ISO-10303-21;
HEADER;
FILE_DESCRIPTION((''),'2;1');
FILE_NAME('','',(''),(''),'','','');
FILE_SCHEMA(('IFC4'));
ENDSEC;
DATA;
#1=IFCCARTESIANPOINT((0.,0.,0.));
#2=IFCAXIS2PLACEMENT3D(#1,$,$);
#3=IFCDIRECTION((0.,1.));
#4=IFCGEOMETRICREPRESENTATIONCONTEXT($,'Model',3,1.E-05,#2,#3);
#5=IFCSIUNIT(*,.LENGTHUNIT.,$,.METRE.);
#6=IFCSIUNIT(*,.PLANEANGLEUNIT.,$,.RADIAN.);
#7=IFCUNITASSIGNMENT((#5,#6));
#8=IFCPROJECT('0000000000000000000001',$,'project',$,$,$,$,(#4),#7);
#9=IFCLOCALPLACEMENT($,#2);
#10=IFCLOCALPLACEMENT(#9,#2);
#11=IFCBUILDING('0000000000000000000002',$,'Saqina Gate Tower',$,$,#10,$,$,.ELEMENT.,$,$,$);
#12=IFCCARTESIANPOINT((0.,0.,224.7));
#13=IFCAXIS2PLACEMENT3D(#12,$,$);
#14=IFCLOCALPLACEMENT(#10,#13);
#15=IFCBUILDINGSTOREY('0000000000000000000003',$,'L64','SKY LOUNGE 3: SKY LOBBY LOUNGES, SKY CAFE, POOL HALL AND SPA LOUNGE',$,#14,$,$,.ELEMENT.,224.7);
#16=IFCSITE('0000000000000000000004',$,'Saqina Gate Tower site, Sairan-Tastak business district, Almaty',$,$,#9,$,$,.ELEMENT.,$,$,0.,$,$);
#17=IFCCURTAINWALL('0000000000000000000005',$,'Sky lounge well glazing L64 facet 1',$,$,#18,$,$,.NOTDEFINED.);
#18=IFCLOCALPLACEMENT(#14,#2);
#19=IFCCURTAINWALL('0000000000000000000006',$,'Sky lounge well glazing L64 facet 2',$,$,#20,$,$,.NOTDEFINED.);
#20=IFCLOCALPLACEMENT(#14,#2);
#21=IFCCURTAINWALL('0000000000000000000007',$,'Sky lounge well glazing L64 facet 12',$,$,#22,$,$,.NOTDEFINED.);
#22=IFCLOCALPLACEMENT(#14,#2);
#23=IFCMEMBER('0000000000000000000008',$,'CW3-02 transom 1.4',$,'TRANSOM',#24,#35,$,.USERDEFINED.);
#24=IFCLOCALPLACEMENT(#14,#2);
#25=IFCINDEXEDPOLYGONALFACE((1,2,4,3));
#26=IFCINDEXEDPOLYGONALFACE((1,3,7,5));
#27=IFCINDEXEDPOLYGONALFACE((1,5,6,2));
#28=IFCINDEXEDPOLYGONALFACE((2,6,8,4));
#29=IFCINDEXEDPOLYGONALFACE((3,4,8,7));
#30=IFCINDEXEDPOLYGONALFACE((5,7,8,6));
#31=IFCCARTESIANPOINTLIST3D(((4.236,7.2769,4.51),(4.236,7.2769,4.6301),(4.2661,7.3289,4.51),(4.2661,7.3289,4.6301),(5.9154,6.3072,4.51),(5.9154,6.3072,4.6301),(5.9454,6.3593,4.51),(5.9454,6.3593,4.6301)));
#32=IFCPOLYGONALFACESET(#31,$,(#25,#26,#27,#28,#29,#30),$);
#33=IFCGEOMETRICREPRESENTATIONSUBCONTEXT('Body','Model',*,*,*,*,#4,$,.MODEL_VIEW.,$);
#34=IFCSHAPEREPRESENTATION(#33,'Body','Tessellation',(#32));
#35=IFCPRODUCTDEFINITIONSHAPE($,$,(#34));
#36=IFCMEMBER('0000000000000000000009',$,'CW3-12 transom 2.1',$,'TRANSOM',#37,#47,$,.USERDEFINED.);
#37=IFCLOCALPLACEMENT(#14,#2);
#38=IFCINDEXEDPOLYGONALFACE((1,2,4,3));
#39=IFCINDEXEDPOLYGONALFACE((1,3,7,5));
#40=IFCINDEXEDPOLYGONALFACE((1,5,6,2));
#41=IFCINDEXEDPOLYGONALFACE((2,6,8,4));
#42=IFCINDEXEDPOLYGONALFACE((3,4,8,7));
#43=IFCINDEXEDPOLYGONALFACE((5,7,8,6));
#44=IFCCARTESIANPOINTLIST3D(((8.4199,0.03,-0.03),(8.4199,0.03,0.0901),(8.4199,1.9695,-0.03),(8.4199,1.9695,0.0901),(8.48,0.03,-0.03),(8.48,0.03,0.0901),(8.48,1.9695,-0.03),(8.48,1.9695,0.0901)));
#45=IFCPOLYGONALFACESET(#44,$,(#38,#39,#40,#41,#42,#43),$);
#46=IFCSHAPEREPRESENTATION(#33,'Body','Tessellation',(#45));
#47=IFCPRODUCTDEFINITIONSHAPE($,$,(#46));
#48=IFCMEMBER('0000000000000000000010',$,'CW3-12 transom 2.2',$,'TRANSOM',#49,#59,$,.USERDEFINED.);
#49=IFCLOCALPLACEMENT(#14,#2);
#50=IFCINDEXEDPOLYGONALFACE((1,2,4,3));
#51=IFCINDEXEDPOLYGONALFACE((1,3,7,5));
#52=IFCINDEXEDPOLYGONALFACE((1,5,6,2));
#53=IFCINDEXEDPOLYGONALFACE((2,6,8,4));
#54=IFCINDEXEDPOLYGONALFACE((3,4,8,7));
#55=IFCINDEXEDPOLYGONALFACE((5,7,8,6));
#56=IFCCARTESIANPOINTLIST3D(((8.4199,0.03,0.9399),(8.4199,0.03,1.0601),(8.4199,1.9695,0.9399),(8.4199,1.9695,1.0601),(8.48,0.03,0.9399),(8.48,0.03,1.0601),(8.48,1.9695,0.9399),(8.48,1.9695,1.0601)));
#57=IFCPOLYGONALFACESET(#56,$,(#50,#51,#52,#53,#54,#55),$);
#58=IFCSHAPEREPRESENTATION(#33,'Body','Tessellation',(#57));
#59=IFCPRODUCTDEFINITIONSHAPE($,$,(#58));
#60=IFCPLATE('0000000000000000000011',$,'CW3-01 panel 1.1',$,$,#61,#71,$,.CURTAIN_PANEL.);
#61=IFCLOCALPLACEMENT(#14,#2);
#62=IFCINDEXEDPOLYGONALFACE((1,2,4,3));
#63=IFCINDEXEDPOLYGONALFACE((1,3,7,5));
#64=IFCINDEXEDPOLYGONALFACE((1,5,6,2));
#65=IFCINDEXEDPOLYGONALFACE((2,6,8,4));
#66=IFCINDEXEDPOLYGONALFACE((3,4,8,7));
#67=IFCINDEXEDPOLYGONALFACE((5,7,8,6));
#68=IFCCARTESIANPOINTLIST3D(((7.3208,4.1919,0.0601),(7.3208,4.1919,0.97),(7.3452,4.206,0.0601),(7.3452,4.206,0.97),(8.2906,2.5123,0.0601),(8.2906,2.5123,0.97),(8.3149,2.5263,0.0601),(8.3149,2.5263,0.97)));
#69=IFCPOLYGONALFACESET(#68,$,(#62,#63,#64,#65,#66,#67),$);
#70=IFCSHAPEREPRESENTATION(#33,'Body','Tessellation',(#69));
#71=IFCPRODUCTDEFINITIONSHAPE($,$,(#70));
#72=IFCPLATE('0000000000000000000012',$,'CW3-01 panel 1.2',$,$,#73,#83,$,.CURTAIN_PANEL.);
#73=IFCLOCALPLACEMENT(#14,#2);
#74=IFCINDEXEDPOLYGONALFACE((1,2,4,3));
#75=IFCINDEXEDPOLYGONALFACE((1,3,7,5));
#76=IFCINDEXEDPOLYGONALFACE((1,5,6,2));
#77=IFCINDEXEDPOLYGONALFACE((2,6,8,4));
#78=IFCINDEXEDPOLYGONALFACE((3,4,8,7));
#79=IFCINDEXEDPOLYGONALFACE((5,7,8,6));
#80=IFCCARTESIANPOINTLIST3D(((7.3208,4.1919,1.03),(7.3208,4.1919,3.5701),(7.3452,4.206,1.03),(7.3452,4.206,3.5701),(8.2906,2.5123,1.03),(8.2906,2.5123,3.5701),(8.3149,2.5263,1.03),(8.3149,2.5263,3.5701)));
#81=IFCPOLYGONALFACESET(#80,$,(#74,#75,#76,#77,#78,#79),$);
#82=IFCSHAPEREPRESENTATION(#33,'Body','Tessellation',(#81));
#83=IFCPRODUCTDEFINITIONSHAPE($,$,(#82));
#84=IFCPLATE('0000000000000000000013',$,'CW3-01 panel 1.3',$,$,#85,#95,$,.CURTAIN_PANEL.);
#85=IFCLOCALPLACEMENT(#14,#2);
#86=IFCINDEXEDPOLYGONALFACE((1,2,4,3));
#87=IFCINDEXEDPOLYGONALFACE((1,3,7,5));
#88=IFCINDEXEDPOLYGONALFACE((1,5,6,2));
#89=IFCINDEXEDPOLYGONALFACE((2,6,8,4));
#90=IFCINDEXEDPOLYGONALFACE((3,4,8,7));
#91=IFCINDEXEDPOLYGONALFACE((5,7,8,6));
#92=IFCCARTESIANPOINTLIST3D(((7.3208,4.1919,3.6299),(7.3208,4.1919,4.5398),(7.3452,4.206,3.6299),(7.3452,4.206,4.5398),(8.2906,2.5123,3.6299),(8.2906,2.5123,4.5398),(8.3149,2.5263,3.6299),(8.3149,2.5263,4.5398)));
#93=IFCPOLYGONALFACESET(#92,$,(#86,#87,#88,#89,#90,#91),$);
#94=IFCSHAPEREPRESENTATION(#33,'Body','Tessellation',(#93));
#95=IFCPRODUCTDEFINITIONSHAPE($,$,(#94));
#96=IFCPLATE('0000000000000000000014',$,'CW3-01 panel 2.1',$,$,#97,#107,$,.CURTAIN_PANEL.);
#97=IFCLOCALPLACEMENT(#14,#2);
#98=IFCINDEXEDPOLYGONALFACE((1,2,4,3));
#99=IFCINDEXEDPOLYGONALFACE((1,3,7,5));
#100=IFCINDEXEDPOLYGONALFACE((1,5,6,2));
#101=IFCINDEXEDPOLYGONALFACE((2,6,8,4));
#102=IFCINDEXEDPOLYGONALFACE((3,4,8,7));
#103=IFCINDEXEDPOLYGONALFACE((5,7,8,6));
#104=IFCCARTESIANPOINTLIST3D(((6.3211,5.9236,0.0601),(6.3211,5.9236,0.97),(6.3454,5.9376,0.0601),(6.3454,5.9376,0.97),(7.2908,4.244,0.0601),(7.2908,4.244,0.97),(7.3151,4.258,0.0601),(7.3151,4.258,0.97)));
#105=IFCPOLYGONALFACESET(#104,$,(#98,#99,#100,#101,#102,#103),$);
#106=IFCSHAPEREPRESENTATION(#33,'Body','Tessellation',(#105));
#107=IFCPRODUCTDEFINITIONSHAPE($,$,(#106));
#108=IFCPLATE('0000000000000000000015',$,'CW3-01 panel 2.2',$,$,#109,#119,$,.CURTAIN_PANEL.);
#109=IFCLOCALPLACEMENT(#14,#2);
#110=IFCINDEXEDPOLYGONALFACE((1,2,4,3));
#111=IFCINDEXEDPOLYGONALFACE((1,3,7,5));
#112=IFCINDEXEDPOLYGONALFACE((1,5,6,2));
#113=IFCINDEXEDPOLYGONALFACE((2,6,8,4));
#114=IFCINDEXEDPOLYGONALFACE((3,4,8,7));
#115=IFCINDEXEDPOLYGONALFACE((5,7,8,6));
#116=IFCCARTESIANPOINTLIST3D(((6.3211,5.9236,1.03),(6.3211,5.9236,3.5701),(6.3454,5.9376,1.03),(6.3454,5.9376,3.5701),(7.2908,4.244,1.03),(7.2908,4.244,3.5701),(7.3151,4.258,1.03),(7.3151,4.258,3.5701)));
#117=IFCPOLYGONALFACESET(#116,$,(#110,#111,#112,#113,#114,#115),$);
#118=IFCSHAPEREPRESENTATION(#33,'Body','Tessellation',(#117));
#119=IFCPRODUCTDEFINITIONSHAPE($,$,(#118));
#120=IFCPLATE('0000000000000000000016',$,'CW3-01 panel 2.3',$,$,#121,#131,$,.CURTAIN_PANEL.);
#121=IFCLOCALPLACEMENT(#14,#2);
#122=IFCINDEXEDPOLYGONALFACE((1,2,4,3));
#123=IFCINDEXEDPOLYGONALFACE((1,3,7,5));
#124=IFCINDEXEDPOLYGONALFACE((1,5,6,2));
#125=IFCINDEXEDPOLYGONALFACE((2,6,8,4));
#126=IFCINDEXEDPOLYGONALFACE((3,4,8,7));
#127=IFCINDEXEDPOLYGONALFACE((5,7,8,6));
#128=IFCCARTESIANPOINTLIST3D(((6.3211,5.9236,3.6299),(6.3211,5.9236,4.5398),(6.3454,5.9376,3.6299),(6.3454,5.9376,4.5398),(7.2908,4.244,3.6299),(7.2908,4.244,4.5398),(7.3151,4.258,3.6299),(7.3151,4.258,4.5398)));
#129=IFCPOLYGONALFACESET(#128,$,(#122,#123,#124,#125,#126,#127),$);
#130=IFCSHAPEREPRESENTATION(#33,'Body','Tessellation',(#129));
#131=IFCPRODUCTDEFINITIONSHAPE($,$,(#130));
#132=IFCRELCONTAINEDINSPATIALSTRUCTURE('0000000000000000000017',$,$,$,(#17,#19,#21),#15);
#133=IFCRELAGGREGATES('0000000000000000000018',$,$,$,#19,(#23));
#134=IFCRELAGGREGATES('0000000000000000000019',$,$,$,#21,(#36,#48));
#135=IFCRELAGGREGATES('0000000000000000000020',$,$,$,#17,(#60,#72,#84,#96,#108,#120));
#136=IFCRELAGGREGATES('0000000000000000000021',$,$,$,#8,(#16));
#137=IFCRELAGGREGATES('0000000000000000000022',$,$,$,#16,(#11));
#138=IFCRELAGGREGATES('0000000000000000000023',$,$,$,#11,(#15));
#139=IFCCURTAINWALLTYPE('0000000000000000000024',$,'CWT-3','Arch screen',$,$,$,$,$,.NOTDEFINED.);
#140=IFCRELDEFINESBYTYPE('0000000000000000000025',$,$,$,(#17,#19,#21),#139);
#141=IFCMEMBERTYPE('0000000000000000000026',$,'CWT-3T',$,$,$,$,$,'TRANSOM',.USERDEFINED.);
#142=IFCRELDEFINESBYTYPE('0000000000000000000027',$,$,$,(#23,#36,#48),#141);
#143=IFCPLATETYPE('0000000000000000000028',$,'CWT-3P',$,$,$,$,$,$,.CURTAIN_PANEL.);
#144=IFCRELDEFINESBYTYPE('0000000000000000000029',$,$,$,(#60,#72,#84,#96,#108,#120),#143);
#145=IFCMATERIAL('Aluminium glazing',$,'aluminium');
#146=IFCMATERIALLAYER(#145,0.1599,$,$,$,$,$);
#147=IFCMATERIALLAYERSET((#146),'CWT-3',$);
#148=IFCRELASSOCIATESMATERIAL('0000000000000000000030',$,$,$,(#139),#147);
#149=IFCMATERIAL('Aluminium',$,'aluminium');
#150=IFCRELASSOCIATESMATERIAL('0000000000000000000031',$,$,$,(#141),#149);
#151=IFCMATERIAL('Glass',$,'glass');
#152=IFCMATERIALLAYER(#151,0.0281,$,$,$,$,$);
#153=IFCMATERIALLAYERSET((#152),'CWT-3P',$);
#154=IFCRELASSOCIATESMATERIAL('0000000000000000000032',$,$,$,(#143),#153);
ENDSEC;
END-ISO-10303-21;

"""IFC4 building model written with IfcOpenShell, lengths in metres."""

from ifc_helpers import new_model, si_unit, direction, frame, origin, origin_2d, place, context, subcontext, project, spatial, rectangle, extrude, material, layer, layer_set, material_profile, profile_set, type_object, element, aggregate, save


model = new_model("IFC4")

# Units and contexts
model_context = context("Model", 3, precision=1e-05, world=origin(), true_north=direction((0.0, 1.0)))
body_context = subcontext(model_context, "Body", "Model", "MODEL_VIEW")
ifc_project = project(units=[si_unit("LENGTHUNIT", "METRE"), si_unit("PLANEANGLEUNIT", "RADIAN")], contexts=[model_context])

# Site, building, storey
site_placement = place(None, origin())
site = spatial("IfcSite", under=ifc_project, at=site_placement, Name="Saqina Gate Tower site, Sairan-Tastak business district, Almaty", CompositionType="ELEMENT", RefElevation=0.0)
building_placement = place(site_placement, origin())
building = spatial("IfcBuilding", under=site, at=building_placement, Name="Saqina Gate Tower", CompositionType="ELEMENT")
storey_placement = place(building_placement, frame((0.0, 0.0, 224.7)))
storey = spatial("IfcBuildingStorey", under=building, at=storey_placement, Name="L64", Description="SKY LOUNGE 3: SKY LOBBY LOUNGES, SKY CAFE, POOL HALL AND SPA LOUNGE", CompositionType="ELEMENT", Elevation=224.7)

# Curtain wall
ifc_material_1 = material(Name="Aluminium glazing", Category="aluminium")
ifc_layer_1 = layer(ifc_material_1, 0.1599)
ifc_layer_set_1 = layer_set([ifc_layer_1], Name="CWT-3")
curtain_wall_type = type_object("IfcCurtainWallType", Name="CWT-3", Description="Arch screen", PredefinedType="NOTDEFINED", material=ifc_layer_set_1)
curtain_wall_1_placement = place(storey_placement, origin())
curtain_wall_1 = element("IfcCurtainWall", 1, at=curtain_wall_1_placement, inside=storey, type_object=curtain_wall_type, Name="Sky lounge well glazing L64 facet 1", PredefinedType="NOTDEFINED")

# Curtain walls
curtain_wall_2_placement = place(storey_placement, origin())
curtain_wall_2 = element("IfcCurtainWall", 2, at=curtain_wall_2_placement, inside=storey, type_object=curtain_wall_type, Name="Sky lounge well glazing L64 facet 2", PredefinedType="NOTDEFINED")
curtain_wall_3_placement = place(storey_placement, origin())
curtain_wall_3 = element("IfcCurtainWall", 3, at=curtain_wall_3_placement, inside=storey, type_object=curtain_wall_type, Name="Sky lounge well glazing L64 facet 12", PredefinedType="NOTDEFINED")

# Members
ifc_material_2 = material(Name="Aluminium", Category="aluminium")
ifc_material_profile_1 = material_profile(ifc_material_2, rectangle(XDim=0.0601, YDim=0.1201, at=origin_2d()), Name="Aluminium 60x120")
ifc_profile_set_1 = profile_set([ifc_material_profile_1], Name="Aluminium")
member_type_1 = type_object("IfcMemberType", Name="CWT-3T", ElementType="TRANSOM", PredefinedType="USERDEFINED", material=ifc_profile_set_1)
member_1_placement = place(storey_placement, frame((5.9304, 6.3333, 4.5701), z_axis=(-0.866003, 0.500038, 0.0), x_axis=(-0.500038, -0.866003, 0.0)))
member_1 = element("IfcMember", 4, at=member_1_placement, type_object=member_type_1, Name="CW3-02 transom 1.4", ObjectType="TRANSOM", PredefinedType="USERDEFINED", context=body_context, shape_type="SweptSolid", body=[
    extrude(rectangle(XDim=0.0601, YDim=0.1201, at=origin_2d()), origin(), (0.0, 0.0, 1.0), 1.9392),
])
aggregate(curtain_wall_2, [member_1])
member_2_placement = place(storey_placement, frame((8.45, 0.03, 0.03), z_axis=(0.0, 1.0, 0.0), x_axis=(-1.0, 0.0, 0.0)))
member_2 = element("IfcMember", 5, at=member_2_placement, type_object=member_type_1, Name="CW3-12 transom 2.1", ObjectType="TRANSOM", PredefinedType="USERDEFINED", context=body_context, shape_type="SweptSolid", body=[
    extrude(rectangle(XDim=0.0601, YDim=0.1201, at=origin_2d()), origin(), (0.0, 0.0, 1.0), 1.9395),
])
member_3_placement = place(storey_placement, frame((8.45, 0.03, 1.0), z_axis=(0.0, 1.0, 0.0), x_axis=(-1.0, 0.0, 0.0)))
member_3 = element("IfcMember", 6, at=member_3_placement, type_object=member_type_1, Name="CW3-12 transom 2.2", ObjectType="TRANSOM", PredefinedType="USERDEFINED", context=body_context, shape_type="SweptSolid", body=[
    extrude(rectangle(XDim=0.0601, YDim=0.1201, at=origin_2d()), origin(), (0.0, 0.0, 1.0), 1.9395),
])
aggregate(curtain_wall_3, [member_2, member_3])

# Plates
ifc_material_3 = material(Name="Glass", Category="glass")
ifc_layer_2 = layer(ifc_material_3, 0.0281)
ifc_layer_set_2 = layer_set([ifc_layer_2], Name="CWT-3P")
plate_type = type_object("IfcPlateType", Name="CWT-3P", PredefinedType="CURTAIN_PANEL", material=ifc_layer_set_2)
plate_1_placement = place(storey_placement, frame((7.8179, 3.3591, 0.0601), z_axis=(0.0, 0.0, 1.0), x_axis=(-0.500003, 0.866024, 0.0)))
plate_1 = element("IfcPlate", 7, at=plate_1_placement, type_object=plate_type, Name="CW3-01 panel 1.1", PredefinedType="CURTAIN_PANEL", context=body_context, shape_type="SweptSolid", body=[
    extrude(rectangle(XDim=1.9395, YDim=0.0281, at=origin_2d()), origin(), (0.0, 0.0, 1.0), 0.9099),
])
plate_2_placement = place(storey_placement, frame((7.8179, 3.3591, 1.03), z_axis=(0.0, 0.0, 1.0), x_axis=(-0.500003, 0.866024, 0.0)))
plate_2 = element("IfcPlate", 8, at=plate_2_placement, type_object=plate_type, Name="CW3-01 panel 1.2", PredefinedType="CURTAIN_PANEL", context=body_context, shape_type="SweptSolid", body=[
    extrude(rectangle(XDim=1.9395, YDim=0.0281, at=origin_2d()), origin(), (0.0, 0.0, 1.0), 2.54),
])
plate_3_placement = place(storey_placement, frame((7.8179, 3.3591, 3.6299), z_axis=(0.0, 0.0, 1.0), x_axis=(-0.500003, 0.866024, 0.0)))
plate_3 = element("IfcPlate", 9, at=plate_3_placement, type_object=plate_type, Name="CW3-01 panel 1.3", PredefinedType="CURTAIN_PANEL", context=body_context, shape_type="SweptSolid", body=[
    extrude(rectangle(XDim=1.9395, YDim=0.0281, at=origin_2d()), origin(), (0.0, 0.0, 1.0), 0.9099),
])
plate_4_placement = place(storey_placement, frame((6.8181, 5.0908, 0.0601), z_axis=(0.0, 0.0, 1.0), x_axis=(-0.500003, 0.866024, 0.0)))
plate_4 = element("IfcPlate", 10, at=plate_4_placement, type_object=plate_type, Name="CW3-01 panel 2.1", PredefinedType="CURTAIN_PANEL", context=body_context, shape_type="SweptSolid", body=[
    extrude(rectangle(XDim=1.9395, YDim=0.0281, at=origin_2d()), origin(), (0.0, 0.0, 1.0), 0.9099),
])
plate_5_placement = place(storey_placement, frame((6.8181, 5.0908, 1.03), z_axis=(0.0, 0.0, 1.0), x_axis=(-0.500003, 0.866024, 0.0)))
plate_5 = element("IfcPlate", 11, at=plate_5_placement, type_object=plate_type, Name="CW3-01 panel 2.2", PredefinedType="CURTAIN_PANEL", context=body_context, shape_type="SweptSolid", body=[
    extrude(rectangle(XDim=1.9395, YDim=0.0281, at=origin_2d()), origin(), (0.0, 0.0, 1.0), 2.54),
])
plate_6_placement = place(storey_placement, frame((6.8181, 5.0908, 3.6299), z_axis=(0.0, 0.0, 1.0), x_axis=(-0.500003, 0.866024, 0.0)))
plate_6 = element("IfcPlate", 12, at=plate_6_placement, type_object=plate_type, Name="CW3-01 panel 2.3", PredefinedType="CURTAIN_PANEL", context=body_context, shape_type="SweptSolid", body=[
    extrude(rectangle(XDim=1.9395, YDim=0.0281, at=origin_2d()), origin(), (0.0, 0.0, 1.0), 0.9099),
])
aggregate(curtain_wall_1, [plate_1, plate_2, plate_3, plate_4, plate_5, plate_6])

save(model, "model.ifc")
